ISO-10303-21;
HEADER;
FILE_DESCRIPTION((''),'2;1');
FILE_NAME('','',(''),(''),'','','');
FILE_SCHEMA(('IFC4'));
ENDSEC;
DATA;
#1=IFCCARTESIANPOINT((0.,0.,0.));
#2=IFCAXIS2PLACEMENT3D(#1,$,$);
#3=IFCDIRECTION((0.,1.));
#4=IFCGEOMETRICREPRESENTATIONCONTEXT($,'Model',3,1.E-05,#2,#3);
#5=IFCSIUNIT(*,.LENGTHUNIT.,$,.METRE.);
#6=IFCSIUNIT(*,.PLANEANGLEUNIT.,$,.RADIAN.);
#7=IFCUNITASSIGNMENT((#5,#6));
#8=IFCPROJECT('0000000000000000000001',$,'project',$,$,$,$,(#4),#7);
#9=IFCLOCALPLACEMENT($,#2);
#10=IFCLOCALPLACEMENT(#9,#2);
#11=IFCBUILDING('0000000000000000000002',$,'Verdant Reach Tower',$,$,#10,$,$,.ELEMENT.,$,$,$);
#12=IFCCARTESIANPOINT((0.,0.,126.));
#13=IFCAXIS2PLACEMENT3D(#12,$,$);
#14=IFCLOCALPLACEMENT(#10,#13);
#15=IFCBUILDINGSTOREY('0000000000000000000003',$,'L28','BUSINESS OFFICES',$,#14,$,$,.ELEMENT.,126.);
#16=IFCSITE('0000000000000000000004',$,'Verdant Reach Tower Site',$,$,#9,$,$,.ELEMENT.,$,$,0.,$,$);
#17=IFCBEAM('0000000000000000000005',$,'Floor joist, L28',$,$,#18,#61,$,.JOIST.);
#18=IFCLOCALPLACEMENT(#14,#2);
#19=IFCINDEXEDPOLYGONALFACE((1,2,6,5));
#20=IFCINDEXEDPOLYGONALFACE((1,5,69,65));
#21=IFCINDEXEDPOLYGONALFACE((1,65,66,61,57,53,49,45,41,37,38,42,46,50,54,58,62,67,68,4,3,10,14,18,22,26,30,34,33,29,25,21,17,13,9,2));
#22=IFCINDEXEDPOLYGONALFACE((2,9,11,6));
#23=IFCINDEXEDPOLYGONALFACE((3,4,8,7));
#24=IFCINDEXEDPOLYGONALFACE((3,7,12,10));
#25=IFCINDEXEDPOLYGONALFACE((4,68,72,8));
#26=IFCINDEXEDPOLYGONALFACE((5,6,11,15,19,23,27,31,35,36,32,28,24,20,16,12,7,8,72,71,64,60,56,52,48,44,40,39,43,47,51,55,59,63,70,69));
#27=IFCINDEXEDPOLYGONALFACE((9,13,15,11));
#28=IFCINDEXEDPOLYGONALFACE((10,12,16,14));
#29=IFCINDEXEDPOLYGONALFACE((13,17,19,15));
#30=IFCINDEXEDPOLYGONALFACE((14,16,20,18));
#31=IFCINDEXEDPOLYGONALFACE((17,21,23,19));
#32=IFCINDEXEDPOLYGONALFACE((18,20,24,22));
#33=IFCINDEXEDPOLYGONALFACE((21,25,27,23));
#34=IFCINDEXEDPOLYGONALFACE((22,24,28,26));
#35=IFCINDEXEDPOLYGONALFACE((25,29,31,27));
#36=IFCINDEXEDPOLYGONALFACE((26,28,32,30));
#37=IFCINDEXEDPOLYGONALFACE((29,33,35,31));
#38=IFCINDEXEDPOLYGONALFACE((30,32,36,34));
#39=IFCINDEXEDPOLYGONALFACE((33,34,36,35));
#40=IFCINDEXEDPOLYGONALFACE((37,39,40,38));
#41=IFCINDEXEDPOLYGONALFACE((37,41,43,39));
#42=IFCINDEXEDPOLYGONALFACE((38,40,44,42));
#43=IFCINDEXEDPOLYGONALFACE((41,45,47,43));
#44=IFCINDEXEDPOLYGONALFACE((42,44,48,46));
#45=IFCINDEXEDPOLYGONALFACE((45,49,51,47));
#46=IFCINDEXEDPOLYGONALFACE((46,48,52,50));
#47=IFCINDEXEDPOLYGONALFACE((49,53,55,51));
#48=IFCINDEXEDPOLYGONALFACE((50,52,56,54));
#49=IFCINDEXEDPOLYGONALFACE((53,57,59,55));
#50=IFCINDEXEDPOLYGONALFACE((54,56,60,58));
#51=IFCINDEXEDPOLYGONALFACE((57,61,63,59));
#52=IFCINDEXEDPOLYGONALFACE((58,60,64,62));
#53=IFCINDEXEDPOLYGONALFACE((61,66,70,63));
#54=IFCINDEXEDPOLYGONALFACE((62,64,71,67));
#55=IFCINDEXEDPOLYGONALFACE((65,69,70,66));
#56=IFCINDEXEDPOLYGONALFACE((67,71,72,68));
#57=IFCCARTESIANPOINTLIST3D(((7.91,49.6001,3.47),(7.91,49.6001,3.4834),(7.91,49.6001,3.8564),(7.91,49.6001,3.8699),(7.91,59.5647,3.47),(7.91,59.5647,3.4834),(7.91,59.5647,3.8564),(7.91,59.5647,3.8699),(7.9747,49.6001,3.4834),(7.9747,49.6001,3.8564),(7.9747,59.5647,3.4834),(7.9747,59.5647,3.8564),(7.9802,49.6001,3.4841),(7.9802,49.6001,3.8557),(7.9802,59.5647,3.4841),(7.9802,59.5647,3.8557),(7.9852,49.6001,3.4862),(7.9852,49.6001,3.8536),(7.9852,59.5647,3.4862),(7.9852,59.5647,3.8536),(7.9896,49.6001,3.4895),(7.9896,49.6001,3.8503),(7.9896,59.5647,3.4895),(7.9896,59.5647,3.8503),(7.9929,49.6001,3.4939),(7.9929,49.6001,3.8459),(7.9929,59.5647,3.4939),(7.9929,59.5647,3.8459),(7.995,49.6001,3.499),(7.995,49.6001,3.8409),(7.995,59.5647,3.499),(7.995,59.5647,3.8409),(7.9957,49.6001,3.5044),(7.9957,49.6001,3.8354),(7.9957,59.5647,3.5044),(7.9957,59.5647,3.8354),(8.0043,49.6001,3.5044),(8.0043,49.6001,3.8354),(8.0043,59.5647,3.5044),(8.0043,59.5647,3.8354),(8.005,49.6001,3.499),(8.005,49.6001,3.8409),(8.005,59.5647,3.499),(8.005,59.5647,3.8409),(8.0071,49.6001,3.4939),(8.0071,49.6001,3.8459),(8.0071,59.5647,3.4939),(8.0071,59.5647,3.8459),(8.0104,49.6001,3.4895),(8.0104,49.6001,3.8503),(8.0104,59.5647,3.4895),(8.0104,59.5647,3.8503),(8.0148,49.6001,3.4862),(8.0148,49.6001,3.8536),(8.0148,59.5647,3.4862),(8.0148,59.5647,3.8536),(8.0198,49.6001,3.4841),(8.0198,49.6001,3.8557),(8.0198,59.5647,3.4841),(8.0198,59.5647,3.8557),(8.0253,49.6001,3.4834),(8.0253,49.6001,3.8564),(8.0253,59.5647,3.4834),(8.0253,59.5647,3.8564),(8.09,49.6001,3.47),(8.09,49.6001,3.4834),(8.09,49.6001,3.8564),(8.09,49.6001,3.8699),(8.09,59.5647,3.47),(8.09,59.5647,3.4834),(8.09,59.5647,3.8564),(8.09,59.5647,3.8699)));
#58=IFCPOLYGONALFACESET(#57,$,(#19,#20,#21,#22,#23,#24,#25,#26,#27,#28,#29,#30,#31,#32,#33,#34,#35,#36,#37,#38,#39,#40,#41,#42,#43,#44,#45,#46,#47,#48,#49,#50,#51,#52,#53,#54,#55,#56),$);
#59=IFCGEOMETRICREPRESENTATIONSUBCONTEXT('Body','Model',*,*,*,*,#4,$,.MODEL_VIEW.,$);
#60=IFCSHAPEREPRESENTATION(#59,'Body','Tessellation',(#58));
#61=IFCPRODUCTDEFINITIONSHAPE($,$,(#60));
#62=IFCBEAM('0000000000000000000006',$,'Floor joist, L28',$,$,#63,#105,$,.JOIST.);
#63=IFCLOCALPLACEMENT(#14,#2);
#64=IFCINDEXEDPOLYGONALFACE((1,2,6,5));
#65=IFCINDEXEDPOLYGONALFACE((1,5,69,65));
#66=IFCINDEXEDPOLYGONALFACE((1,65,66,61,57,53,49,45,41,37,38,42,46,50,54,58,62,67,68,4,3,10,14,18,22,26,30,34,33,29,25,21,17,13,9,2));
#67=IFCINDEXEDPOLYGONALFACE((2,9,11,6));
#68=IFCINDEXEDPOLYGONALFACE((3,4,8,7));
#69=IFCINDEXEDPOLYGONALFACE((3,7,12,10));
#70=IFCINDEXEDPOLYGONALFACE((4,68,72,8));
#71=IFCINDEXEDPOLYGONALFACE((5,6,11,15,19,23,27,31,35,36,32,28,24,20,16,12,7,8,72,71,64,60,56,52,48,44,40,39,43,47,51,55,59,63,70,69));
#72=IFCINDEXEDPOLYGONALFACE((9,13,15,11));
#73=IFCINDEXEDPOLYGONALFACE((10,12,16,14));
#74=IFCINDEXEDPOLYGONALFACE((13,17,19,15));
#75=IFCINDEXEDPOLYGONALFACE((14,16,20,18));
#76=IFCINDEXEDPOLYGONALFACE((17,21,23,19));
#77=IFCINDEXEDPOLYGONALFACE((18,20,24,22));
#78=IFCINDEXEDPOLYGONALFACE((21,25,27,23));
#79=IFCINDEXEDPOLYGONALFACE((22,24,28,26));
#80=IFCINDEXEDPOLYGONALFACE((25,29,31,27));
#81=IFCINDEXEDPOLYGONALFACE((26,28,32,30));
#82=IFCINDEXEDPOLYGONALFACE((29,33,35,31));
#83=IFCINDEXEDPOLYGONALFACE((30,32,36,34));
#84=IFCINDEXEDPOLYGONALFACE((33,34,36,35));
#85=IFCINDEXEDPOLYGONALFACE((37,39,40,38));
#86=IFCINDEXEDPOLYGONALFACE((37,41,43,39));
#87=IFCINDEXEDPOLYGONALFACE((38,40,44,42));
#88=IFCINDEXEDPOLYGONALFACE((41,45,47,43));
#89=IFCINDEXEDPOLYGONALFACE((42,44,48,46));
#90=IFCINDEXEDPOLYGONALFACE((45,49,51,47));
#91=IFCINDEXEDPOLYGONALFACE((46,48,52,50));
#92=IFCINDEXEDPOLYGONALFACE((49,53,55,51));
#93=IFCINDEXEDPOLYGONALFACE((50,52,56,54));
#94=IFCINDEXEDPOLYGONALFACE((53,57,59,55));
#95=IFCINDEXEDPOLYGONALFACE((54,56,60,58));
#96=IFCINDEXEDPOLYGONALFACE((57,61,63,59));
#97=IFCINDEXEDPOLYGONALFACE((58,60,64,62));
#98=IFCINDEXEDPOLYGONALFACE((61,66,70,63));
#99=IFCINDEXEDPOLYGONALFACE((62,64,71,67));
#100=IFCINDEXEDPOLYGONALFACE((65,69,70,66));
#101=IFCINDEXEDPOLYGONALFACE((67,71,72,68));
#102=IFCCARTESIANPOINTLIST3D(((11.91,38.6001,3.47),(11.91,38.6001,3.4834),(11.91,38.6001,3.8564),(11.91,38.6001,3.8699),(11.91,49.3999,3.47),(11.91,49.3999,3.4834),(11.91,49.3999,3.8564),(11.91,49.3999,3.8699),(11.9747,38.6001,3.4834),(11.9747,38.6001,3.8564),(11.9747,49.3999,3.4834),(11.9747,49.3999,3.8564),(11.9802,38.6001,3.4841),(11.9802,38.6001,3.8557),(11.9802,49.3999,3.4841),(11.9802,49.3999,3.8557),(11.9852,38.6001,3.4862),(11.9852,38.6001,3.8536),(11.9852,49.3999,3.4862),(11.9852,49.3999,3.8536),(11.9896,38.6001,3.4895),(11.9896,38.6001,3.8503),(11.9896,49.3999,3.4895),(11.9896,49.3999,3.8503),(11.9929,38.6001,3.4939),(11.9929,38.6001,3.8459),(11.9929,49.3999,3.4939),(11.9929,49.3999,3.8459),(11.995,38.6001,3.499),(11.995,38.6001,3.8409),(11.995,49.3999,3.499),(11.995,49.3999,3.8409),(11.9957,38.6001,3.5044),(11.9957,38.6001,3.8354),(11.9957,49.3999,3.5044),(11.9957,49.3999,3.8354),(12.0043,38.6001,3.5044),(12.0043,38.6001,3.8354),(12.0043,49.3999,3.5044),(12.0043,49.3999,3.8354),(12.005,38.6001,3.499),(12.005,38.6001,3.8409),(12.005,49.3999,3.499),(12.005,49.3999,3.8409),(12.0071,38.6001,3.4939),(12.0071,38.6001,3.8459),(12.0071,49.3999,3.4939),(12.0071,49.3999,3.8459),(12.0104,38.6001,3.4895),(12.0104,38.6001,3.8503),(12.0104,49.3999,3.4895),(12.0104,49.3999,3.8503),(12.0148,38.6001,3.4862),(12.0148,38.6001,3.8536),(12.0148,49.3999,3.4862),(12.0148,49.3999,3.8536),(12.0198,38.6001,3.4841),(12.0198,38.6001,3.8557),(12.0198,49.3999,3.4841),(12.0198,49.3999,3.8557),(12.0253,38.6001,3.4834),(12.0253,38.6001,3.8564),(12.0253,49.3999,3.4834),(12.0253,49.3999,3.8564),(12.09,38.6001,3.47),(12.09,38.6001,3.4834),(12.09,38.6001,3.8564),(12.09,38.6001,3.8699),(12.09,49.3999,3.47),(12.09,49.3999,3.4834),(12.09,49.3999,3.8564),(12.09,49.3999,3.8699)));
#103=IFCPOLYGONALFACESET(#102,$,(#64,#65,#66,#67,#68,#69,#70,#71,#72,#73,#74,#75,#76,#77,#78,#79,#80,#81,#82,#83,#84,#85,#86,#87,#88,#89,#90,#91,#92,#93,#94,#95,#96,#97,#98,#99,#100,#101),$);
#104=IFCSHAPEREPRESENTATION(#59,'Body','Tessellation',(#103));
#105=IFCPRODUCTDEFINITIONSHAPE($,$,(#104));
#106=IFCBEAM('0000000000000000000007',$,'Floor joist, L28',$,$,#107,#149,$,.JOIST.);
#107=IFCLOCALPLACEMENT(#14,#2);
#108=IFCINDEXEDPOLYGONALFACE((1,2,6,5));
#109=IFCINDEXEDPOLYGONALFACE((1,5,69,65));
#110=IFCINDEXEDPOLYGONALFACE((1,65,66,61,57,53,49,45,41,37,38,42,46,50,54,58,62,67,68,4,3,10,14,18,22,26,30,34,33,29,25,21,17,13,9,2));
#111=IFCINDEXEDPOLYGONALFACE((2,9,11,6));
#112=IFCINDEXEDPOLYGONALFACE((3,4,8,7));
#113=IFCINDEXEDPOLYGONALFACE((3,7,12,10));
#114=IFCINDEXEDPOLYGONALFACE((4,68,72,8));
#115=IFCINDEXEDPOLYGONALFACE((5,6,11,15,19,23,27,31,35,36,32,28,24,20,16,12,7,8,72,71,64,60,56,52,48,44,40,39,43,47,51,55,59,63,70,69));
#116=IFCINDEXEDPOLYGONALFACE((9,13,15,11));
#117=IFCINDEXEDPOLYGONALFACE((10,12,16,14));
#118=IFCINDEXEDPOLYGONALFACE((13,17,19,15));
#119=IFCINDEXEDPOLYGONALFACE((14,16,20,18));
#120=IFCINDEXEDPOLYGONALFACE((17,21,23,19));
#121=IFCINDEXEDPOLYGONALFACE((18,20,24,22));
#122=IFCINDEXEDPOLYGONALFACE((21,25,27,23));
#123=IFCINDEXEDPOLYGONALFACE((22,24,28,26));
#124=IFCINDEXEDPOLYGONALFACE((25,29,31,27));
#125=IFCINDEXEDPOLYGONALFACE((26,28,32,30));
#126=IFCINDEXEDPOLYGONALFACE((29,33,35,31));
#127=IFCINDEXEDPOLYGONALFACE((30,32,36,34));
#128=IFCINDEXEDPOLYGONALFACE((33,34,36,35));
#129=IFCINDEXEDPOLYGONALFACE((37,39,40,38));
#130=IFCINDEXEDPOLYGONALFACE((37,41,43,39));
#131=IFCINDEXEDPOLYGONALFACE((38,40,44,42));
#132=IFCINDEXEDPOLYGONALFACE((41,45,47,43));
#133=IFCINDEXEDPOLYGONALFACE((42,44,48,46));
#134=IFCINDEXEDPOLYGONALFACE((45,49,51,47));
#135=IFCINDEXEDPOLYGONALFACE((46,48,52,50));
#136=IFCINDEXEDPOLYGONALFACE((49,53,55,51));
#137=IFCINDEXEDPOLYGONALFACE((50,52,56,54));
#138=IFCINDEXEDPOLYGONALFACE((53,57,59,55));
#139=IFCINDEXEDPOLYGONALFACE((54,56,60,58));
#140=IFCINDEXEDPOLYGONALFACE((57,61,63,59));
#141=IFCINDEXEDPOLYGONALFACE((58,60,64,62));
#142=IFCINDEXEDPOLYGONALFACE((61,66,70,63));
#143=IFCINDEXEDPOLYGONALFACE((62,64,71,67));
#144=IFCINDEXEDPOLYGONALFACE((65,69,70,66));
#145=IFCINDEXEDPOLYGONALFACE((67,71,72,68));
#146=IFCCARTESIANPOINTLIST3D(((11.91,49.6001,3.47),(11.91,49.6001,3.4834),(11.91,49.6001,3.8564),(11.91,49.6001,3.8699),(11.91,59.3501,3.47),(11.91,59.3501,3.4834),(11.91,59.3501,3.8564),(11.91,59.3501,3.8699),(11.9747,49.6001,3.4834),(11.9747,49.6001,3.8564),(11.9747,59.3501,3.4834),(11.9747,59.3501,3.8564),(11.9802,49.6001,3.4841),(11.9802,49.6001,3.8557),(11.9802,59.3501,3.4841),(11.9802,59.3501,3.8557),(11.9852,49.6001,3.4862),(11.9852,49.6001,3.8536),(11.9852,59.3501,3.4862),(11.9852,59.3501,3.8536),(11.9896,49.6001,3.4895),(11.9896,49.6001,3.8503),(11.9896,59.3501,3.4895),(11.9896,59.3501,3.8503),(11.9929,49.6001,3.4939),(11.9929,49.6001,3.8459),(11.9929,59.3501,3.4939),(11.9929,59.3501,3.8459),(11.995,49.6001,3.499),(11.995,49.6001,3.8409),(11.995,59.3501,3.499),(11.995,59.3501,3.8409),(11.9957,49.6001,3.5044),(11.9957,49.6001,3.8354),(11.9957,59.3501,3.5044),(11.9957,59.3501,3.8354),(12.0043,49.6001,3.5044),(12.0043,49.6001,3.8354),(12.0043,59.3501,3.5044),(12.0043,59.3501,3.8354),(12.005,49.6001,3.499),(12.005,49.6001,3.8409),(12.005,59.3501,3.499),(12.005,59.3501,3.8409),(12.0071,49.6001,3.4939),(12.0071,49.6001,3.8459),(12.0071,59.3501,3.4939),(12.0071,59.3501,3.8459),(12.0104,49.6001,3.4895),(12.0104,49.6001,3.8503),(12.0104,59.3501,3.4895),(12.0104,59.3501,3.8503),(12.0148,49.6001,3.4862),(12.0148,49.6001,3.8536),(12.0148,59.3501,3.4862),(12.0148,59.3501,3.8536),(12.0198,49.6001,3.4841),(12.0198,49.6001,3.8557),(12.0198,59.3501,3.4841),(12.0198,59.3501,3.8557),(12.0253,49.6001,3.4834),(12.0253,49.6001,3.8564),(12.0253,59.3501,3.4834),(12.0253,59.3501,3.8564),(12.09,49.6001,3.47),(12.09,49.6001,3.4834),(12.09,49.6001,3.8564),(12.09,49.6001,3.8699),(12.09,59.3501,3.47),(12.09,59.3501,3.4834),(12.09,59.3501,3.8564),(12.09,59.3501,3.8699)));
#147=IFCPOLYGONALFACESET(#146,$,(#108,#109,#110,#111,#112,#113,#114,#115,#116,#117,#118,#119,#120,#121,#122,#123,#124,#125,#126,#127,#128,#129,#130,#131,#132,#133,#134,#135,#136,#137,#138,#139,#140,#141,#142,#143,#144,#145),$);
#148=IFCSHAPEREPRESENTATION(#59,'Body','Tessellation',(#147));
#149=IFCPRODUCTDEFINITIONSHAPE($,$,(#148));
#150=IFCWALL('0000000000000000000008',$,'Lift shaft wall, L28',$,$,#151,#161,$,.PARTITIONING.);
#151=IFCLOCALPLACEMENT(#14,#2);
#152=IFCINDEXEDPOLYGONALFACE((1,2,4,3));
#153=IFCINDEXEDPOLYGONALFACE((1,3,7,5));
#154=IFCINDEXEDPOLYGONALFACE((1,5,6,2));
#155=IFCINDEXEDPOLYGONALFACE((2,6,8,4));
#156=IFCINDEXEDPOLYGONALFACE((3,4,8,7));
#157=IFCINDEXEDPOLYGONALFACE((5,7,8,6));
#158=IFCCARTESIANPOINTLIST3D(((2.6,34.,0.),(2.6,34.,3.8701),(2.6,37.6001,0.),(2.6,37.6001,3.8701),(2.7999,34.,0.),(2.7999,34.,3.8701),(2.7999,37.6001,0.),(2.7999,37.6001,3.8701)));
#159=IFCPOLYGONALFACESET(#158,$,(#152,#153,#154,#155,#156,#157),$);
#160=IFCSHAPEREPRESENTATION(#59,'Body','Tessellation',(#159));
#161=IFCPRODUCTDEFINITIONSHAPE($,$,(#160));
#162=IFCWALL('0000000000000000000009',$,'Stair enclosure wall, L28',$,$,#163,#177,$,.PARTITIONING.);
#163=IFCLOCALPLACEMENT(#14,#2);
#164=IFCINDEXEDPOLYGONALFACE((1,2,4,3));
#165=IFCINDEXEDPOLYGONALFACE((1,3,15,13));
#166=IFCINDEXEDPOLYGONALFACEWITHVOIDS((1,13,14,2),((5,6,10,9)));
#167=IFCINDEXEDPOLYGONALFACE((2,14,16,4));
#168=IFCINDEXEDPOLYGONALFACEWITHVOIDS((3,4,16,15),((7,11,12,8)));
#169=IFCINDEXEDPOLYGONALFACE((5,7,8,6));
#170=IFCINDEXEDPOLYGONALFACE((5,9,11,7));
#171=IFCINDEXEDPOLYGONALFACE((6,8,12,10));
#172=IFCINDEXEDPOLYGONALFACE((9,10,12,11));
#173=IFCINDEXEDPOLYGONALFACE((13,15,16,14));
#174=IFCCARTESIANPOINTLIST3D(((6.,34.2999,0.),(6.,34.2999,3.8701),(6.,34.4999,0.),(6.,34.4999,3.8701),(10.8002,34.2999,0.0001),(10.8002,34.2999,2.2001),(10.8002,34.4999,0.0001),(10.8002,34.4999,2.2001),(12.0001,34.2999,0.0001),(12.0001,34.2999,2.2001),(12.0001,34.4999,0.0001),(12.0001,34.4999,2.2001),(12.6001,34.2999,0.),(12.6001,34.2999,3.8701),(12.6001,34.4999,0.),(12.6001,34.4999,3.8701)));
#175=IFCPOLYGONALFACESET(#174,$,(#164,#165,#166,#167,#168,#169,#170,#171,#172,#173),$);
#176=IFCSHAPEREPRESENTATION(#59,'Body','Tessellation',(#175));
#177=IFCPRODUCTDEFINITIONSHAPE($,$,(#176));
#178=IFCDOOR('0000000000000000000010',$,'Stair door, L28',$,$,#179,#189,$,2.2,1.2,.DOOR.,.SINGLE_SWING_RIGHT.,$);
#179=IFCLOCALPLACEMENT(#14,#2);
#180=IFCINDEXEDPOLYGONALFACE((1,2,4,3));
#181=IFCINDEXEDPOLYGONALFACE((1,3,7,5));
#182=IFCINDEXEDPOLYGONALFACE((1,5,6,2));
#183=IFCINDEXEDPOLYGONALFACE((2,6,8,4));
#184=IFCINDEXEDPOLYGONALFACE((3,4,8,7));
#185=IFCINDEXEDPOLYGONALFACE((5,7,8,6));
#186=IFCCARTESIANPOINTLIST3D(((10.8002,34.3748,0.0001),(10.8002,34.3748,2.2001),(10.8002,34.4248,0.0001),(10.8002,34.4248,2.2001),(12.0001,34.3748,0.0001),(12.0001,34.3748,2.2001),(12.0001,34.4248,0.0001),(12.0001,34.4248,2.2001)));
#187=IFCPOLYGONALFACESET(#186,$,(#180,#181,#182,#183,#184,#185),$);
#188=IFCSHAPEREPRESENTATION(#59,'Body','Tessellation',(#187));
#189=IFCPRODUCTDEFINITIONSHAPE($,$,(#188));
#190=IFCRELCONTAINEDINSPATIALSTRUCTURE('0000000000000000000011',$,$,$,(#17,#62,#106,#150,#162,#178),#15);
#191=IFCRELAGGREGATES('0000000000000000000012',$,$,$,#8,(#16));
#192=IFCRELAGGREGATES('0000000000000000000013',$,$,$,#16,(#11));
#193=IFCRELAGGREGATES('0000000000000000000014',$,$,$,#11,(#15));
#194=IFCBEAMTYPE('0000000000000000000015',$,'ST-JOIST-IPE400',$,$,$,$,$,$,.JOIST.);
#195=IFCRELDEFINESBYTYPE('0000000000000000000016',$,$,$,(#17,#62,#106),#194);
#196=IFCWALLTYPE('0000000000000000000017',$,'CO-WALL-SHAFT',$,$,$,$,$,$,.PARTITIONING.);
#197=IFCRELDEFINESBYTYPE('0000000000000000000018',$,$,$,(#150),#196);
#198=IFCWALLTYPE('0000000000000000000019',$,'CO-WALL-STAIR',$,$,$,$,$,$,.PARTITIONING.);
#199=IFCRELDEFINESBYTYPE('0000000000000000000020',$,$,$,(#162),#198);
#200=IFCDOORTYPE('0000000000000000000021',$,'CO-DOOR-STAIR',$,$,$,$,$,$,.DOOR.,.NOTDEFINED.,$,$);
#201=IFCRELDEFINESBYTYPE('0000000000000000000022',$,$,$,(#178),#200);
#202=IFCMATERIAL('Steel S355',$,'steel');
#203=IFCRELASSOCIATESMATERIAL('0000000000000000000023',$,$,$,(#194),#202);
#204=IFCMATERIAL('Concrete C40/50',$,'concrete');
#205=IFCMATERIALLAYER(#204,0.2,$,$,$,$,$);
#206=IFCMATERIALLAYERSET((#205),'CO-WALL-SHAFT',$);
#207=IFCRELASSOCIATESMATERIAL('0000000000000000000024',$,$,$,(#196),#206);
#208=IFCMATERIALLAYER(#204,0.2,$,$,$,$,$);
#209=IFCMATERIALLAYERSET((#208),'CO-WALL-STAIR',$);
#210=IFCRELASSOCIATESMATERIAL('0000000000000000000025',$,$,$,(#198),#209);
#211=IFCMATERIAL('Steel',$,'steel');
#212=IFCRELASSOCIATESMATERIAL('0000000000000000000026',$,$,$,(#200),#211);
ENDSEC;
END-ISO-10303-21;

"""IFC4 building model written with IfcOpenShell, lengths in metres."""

from ifc_helpers import new_model, si_unit, direction, frame, frame_2d, origin, origin_2d, place, context, subcontext, project, spatial, rectangle, i_section, extrude, material, layer, layer_set, material_profile, profile_set, type_object, element, fill, save


model = new_model("IFC4")

# Units and contexts
model_context = context("Model", 3, precision=1e-05, world=origin(), true_north=direction((0.0, 1.0)))
body_context = subcontext(model_context, "Body", "Model", "MODEL_VIEW")
ifc_project = project(units=[si_unit("LENGTHUNIT", "METRE"), si_unit("PLANEANGLEUNIT", "RADIAN")], contexts=[model_context])

# Site, building, storey
site_placement = place(None, origin())
site = spatial("IfcSite", under=ifc_project, at=site_placement, Name="Verdant Reach Tower Site", CompositionType="ELEMENT", RefElevation=0.0)
building_placement = place(site_placement, origin())
building = spatial("IfcBuilding", under=site, at=building_placement, Name="Verdant Reach Tower", CompositionType="ELEMENT")
storey_placement = place(building_placement, frame((0.0, 0.0, 126.0)))
storey = spatial("IfcBuildingStorey", under=building, at=storey_placement, Name="L28", Description="BUSINESS OFFICES", CompositionType="ELEMENT", Elevation=126.0)

# Beams
ifc_material_1 = material(Name="Steel S355", Category="steel")
ifc_material_profile_1 = material_profile(ifc_material_1, i_section(OverallWidth=0.1799, OverallDepth=0.3999, WebThickness=0.0085, FlangeThickness=0.0134, FilletRadius=0.021, at=origin_2d()), Name="IPE 400")
ifc_profile_set_1 = profile_set([ifc_material_profile_1], Name="Steel S355")
beam_type_1 = type_object("IfcBeamType", Name="ST-JOIST-IPE400", PredefinedType="JOIST", material=ifc_profile_set_1)
beam_1_placement = place(storey_placement, frame((8.0, 49.6001, 3.6699), z_axis=(0.0, 1.0, 0.0), x_axis=(-1.0, 0.0, 0.0)))
element("IfcBeam", 1, at=beam_1_placement, inside=storey, type_object=beam_type_1, Name="Floor joist, L28", PredefinedType="JOIST", context=body_context, shape_type="SweptSolid", body=[
    extrude(i_section(OverallWidth=0.1799, OverallDepth=0.3999, WebThickness=0.0085, FlangeThickness=0.0134, FilletRadius=0.021, at=origin_2d()), origin(), (0.0, 0.0, 1.0), 9.9646),
])
beam_2_placement = place(storey_placement, frame((12.0, 38.6001, 3.6699), z_axis=(0.0, 1.0, 0.0), x_axis=(-1.0, 0.0, 0.0)))
element("IfcBeam", 2, at=beam_2_placement, inside=storey, type_object=beam_type_1, Name="Floor joist, L28", PredefinedType="JOIST", context=body_context, shape_type="SweptSolid", body=[
    extrude(i_section(OverallWidth=0.1799, OverallDepth=0.3999, WebThickness=0.0085, FlangeThickness=0.0134, FilletRadius=0.021, at=origin_2d()), origin(), (0.0, 0.0, 1.0), 10.7998),
])
beam_3_placement = place(storey_placement, frame((12.0, 49.6001, 3.6699), z_axis=(0.0, 1.0, 0.0), x_axis=(-1.0, 0.0, 0.0)))
element("IfcBeam", 3, at=beam_3_placement, inside=storey, type_object=beam_type_1, Name="Floor joist, L28", PredefinedType="JOIST", context=body_context, shape_type="SweptSolid", body=[
    extrude(i_section(OverallWidth=0.1799, OverallDepth=0.3999, WebThickness=0.0085, FlangeThickness=0.0134, FilletRadius=0.021, at=origin_2d()), origin(), (0.0, 0.0, 1.0), 9.75),
])

# Wall
ifc_material_2 = material(Name="Concrete C40/50", Category="concrete")
ifc_layer_1 = layer(ifc_material_2, 0.2)
ifc_layer_set_1 = layer_set([ifc_layer_1], Name="CO-WALL-SHAFT")
wall_type_1 = type_object("IfcWallType", Name="CO-WALL-SHAFT", PredefinedType="PARTITIONING", material=ifc_layer_set_1)
wall_1_placement = place(storey_placement, frame((2.7, 34.0, 0.0), z_axis=(0.0, 0.0, 1.0), x_axis=(0.0, 1.0, 0.0)))
element("IfcWall", 4, at=wall_1_placement, inside=storey, type_object=wall_type_1, Name="Lift shaft wall, L28", PredefinedType="PARTITIONING", context=body_context, shape_type="SweptSolid", body=[
    extrude(rectangle(XDim=3.6001, YDim=0.2, at=frame_2d((1.8, 0.0))), origin(), (0.0, 0.0, 1.0), 3.8701),
])

# Wall, opening, door
ifc_layer_2 = layer(ifc_material_2, 0.2)
ifc_layer_set_2 = layer_set([ifc_layer_2], Name="CO-WALL-STAIR")
wall_type_2 = type_object("IfcWallType", Name="CO-WALL-STAIR", PredefinedType="PARTITIONING", material=ifc_layer_set_2)
wall_2_placement = place(storey_placement, frame((6.0, 34.3999, 0.0), z_axis=(0.0, 0.0, 1.0), x_axis=(1.0, 0.0, 0.0)))
wall_2 = element("IfcWall", 5, at=wall_2_placement, inside=storey, type_object=wall_type_2, Name="Stair enclosure wall, L28", PredefinedType="PARTITIONING", context=body_context, shape_type="SweptSolid", body=[
    extrude(rectangle(XDim=6.6001, YDim=0.2, at=frame_2d((3.3, 0.0))), origin(), (0.0, 0.0, 1.0), 3.8701),
])
opening_1_placement = place(wall_2_placement, frame((4.8, 0.0, 0.0)))
opening_1 = element("IfcOpeningElement", 6, at=opening_1_placement, cuts=wall_2, PredefinedType="OPENING", context=body_context, shape_type="SweptSolid", body=[
    extrude(rectangle(XDim=1.2, YDim=2.2, at=frame_2d((0.6001, 1.1001))), frame((0.0, 0.1099, 0.0), z_axis=(0.0, -1.0, 0.0), x_axis=(1.0, 0.0, 0.0)), (0.0, 0.0, 1.0), 0.22),
])
ifc_material_3 = material(Name="Steel", Category="steel")
door_type_1 = type_object("IfcDoorType", Name="CO-DOOR-STAIR", OperationType="NOTDEFINED", PredefinedType="DOOR", material=ifc_material_3)
door_1_placement = place(opening_1_placement, origin())
door_1 = element("IfcDoor", 7, at=door_1_placement, inside=storey, type_object=door_type_1, Name="Stair door, L28", OperationType="SINGLE_SWING_RIGHT", OverallHeight=2.2, OverallWidth=1.2, PredefinedType="DOOR", context=body_context, shape_type="SweptSolid", body=[
    extrude(rectangle(XDim=1.2, YDim=2.2, at=frame_2d((0.6001, 1.1001))), frame((0.0, 0.0249, 0.0), z_axis=(0.0, -1.0, 0.0), x_axis=(1.0, 0.0, 0.0)), (0.0, 0.0, 1.0), 0.05),
])
fill(opening_1, door_1)

save(model, "model.ifc")
